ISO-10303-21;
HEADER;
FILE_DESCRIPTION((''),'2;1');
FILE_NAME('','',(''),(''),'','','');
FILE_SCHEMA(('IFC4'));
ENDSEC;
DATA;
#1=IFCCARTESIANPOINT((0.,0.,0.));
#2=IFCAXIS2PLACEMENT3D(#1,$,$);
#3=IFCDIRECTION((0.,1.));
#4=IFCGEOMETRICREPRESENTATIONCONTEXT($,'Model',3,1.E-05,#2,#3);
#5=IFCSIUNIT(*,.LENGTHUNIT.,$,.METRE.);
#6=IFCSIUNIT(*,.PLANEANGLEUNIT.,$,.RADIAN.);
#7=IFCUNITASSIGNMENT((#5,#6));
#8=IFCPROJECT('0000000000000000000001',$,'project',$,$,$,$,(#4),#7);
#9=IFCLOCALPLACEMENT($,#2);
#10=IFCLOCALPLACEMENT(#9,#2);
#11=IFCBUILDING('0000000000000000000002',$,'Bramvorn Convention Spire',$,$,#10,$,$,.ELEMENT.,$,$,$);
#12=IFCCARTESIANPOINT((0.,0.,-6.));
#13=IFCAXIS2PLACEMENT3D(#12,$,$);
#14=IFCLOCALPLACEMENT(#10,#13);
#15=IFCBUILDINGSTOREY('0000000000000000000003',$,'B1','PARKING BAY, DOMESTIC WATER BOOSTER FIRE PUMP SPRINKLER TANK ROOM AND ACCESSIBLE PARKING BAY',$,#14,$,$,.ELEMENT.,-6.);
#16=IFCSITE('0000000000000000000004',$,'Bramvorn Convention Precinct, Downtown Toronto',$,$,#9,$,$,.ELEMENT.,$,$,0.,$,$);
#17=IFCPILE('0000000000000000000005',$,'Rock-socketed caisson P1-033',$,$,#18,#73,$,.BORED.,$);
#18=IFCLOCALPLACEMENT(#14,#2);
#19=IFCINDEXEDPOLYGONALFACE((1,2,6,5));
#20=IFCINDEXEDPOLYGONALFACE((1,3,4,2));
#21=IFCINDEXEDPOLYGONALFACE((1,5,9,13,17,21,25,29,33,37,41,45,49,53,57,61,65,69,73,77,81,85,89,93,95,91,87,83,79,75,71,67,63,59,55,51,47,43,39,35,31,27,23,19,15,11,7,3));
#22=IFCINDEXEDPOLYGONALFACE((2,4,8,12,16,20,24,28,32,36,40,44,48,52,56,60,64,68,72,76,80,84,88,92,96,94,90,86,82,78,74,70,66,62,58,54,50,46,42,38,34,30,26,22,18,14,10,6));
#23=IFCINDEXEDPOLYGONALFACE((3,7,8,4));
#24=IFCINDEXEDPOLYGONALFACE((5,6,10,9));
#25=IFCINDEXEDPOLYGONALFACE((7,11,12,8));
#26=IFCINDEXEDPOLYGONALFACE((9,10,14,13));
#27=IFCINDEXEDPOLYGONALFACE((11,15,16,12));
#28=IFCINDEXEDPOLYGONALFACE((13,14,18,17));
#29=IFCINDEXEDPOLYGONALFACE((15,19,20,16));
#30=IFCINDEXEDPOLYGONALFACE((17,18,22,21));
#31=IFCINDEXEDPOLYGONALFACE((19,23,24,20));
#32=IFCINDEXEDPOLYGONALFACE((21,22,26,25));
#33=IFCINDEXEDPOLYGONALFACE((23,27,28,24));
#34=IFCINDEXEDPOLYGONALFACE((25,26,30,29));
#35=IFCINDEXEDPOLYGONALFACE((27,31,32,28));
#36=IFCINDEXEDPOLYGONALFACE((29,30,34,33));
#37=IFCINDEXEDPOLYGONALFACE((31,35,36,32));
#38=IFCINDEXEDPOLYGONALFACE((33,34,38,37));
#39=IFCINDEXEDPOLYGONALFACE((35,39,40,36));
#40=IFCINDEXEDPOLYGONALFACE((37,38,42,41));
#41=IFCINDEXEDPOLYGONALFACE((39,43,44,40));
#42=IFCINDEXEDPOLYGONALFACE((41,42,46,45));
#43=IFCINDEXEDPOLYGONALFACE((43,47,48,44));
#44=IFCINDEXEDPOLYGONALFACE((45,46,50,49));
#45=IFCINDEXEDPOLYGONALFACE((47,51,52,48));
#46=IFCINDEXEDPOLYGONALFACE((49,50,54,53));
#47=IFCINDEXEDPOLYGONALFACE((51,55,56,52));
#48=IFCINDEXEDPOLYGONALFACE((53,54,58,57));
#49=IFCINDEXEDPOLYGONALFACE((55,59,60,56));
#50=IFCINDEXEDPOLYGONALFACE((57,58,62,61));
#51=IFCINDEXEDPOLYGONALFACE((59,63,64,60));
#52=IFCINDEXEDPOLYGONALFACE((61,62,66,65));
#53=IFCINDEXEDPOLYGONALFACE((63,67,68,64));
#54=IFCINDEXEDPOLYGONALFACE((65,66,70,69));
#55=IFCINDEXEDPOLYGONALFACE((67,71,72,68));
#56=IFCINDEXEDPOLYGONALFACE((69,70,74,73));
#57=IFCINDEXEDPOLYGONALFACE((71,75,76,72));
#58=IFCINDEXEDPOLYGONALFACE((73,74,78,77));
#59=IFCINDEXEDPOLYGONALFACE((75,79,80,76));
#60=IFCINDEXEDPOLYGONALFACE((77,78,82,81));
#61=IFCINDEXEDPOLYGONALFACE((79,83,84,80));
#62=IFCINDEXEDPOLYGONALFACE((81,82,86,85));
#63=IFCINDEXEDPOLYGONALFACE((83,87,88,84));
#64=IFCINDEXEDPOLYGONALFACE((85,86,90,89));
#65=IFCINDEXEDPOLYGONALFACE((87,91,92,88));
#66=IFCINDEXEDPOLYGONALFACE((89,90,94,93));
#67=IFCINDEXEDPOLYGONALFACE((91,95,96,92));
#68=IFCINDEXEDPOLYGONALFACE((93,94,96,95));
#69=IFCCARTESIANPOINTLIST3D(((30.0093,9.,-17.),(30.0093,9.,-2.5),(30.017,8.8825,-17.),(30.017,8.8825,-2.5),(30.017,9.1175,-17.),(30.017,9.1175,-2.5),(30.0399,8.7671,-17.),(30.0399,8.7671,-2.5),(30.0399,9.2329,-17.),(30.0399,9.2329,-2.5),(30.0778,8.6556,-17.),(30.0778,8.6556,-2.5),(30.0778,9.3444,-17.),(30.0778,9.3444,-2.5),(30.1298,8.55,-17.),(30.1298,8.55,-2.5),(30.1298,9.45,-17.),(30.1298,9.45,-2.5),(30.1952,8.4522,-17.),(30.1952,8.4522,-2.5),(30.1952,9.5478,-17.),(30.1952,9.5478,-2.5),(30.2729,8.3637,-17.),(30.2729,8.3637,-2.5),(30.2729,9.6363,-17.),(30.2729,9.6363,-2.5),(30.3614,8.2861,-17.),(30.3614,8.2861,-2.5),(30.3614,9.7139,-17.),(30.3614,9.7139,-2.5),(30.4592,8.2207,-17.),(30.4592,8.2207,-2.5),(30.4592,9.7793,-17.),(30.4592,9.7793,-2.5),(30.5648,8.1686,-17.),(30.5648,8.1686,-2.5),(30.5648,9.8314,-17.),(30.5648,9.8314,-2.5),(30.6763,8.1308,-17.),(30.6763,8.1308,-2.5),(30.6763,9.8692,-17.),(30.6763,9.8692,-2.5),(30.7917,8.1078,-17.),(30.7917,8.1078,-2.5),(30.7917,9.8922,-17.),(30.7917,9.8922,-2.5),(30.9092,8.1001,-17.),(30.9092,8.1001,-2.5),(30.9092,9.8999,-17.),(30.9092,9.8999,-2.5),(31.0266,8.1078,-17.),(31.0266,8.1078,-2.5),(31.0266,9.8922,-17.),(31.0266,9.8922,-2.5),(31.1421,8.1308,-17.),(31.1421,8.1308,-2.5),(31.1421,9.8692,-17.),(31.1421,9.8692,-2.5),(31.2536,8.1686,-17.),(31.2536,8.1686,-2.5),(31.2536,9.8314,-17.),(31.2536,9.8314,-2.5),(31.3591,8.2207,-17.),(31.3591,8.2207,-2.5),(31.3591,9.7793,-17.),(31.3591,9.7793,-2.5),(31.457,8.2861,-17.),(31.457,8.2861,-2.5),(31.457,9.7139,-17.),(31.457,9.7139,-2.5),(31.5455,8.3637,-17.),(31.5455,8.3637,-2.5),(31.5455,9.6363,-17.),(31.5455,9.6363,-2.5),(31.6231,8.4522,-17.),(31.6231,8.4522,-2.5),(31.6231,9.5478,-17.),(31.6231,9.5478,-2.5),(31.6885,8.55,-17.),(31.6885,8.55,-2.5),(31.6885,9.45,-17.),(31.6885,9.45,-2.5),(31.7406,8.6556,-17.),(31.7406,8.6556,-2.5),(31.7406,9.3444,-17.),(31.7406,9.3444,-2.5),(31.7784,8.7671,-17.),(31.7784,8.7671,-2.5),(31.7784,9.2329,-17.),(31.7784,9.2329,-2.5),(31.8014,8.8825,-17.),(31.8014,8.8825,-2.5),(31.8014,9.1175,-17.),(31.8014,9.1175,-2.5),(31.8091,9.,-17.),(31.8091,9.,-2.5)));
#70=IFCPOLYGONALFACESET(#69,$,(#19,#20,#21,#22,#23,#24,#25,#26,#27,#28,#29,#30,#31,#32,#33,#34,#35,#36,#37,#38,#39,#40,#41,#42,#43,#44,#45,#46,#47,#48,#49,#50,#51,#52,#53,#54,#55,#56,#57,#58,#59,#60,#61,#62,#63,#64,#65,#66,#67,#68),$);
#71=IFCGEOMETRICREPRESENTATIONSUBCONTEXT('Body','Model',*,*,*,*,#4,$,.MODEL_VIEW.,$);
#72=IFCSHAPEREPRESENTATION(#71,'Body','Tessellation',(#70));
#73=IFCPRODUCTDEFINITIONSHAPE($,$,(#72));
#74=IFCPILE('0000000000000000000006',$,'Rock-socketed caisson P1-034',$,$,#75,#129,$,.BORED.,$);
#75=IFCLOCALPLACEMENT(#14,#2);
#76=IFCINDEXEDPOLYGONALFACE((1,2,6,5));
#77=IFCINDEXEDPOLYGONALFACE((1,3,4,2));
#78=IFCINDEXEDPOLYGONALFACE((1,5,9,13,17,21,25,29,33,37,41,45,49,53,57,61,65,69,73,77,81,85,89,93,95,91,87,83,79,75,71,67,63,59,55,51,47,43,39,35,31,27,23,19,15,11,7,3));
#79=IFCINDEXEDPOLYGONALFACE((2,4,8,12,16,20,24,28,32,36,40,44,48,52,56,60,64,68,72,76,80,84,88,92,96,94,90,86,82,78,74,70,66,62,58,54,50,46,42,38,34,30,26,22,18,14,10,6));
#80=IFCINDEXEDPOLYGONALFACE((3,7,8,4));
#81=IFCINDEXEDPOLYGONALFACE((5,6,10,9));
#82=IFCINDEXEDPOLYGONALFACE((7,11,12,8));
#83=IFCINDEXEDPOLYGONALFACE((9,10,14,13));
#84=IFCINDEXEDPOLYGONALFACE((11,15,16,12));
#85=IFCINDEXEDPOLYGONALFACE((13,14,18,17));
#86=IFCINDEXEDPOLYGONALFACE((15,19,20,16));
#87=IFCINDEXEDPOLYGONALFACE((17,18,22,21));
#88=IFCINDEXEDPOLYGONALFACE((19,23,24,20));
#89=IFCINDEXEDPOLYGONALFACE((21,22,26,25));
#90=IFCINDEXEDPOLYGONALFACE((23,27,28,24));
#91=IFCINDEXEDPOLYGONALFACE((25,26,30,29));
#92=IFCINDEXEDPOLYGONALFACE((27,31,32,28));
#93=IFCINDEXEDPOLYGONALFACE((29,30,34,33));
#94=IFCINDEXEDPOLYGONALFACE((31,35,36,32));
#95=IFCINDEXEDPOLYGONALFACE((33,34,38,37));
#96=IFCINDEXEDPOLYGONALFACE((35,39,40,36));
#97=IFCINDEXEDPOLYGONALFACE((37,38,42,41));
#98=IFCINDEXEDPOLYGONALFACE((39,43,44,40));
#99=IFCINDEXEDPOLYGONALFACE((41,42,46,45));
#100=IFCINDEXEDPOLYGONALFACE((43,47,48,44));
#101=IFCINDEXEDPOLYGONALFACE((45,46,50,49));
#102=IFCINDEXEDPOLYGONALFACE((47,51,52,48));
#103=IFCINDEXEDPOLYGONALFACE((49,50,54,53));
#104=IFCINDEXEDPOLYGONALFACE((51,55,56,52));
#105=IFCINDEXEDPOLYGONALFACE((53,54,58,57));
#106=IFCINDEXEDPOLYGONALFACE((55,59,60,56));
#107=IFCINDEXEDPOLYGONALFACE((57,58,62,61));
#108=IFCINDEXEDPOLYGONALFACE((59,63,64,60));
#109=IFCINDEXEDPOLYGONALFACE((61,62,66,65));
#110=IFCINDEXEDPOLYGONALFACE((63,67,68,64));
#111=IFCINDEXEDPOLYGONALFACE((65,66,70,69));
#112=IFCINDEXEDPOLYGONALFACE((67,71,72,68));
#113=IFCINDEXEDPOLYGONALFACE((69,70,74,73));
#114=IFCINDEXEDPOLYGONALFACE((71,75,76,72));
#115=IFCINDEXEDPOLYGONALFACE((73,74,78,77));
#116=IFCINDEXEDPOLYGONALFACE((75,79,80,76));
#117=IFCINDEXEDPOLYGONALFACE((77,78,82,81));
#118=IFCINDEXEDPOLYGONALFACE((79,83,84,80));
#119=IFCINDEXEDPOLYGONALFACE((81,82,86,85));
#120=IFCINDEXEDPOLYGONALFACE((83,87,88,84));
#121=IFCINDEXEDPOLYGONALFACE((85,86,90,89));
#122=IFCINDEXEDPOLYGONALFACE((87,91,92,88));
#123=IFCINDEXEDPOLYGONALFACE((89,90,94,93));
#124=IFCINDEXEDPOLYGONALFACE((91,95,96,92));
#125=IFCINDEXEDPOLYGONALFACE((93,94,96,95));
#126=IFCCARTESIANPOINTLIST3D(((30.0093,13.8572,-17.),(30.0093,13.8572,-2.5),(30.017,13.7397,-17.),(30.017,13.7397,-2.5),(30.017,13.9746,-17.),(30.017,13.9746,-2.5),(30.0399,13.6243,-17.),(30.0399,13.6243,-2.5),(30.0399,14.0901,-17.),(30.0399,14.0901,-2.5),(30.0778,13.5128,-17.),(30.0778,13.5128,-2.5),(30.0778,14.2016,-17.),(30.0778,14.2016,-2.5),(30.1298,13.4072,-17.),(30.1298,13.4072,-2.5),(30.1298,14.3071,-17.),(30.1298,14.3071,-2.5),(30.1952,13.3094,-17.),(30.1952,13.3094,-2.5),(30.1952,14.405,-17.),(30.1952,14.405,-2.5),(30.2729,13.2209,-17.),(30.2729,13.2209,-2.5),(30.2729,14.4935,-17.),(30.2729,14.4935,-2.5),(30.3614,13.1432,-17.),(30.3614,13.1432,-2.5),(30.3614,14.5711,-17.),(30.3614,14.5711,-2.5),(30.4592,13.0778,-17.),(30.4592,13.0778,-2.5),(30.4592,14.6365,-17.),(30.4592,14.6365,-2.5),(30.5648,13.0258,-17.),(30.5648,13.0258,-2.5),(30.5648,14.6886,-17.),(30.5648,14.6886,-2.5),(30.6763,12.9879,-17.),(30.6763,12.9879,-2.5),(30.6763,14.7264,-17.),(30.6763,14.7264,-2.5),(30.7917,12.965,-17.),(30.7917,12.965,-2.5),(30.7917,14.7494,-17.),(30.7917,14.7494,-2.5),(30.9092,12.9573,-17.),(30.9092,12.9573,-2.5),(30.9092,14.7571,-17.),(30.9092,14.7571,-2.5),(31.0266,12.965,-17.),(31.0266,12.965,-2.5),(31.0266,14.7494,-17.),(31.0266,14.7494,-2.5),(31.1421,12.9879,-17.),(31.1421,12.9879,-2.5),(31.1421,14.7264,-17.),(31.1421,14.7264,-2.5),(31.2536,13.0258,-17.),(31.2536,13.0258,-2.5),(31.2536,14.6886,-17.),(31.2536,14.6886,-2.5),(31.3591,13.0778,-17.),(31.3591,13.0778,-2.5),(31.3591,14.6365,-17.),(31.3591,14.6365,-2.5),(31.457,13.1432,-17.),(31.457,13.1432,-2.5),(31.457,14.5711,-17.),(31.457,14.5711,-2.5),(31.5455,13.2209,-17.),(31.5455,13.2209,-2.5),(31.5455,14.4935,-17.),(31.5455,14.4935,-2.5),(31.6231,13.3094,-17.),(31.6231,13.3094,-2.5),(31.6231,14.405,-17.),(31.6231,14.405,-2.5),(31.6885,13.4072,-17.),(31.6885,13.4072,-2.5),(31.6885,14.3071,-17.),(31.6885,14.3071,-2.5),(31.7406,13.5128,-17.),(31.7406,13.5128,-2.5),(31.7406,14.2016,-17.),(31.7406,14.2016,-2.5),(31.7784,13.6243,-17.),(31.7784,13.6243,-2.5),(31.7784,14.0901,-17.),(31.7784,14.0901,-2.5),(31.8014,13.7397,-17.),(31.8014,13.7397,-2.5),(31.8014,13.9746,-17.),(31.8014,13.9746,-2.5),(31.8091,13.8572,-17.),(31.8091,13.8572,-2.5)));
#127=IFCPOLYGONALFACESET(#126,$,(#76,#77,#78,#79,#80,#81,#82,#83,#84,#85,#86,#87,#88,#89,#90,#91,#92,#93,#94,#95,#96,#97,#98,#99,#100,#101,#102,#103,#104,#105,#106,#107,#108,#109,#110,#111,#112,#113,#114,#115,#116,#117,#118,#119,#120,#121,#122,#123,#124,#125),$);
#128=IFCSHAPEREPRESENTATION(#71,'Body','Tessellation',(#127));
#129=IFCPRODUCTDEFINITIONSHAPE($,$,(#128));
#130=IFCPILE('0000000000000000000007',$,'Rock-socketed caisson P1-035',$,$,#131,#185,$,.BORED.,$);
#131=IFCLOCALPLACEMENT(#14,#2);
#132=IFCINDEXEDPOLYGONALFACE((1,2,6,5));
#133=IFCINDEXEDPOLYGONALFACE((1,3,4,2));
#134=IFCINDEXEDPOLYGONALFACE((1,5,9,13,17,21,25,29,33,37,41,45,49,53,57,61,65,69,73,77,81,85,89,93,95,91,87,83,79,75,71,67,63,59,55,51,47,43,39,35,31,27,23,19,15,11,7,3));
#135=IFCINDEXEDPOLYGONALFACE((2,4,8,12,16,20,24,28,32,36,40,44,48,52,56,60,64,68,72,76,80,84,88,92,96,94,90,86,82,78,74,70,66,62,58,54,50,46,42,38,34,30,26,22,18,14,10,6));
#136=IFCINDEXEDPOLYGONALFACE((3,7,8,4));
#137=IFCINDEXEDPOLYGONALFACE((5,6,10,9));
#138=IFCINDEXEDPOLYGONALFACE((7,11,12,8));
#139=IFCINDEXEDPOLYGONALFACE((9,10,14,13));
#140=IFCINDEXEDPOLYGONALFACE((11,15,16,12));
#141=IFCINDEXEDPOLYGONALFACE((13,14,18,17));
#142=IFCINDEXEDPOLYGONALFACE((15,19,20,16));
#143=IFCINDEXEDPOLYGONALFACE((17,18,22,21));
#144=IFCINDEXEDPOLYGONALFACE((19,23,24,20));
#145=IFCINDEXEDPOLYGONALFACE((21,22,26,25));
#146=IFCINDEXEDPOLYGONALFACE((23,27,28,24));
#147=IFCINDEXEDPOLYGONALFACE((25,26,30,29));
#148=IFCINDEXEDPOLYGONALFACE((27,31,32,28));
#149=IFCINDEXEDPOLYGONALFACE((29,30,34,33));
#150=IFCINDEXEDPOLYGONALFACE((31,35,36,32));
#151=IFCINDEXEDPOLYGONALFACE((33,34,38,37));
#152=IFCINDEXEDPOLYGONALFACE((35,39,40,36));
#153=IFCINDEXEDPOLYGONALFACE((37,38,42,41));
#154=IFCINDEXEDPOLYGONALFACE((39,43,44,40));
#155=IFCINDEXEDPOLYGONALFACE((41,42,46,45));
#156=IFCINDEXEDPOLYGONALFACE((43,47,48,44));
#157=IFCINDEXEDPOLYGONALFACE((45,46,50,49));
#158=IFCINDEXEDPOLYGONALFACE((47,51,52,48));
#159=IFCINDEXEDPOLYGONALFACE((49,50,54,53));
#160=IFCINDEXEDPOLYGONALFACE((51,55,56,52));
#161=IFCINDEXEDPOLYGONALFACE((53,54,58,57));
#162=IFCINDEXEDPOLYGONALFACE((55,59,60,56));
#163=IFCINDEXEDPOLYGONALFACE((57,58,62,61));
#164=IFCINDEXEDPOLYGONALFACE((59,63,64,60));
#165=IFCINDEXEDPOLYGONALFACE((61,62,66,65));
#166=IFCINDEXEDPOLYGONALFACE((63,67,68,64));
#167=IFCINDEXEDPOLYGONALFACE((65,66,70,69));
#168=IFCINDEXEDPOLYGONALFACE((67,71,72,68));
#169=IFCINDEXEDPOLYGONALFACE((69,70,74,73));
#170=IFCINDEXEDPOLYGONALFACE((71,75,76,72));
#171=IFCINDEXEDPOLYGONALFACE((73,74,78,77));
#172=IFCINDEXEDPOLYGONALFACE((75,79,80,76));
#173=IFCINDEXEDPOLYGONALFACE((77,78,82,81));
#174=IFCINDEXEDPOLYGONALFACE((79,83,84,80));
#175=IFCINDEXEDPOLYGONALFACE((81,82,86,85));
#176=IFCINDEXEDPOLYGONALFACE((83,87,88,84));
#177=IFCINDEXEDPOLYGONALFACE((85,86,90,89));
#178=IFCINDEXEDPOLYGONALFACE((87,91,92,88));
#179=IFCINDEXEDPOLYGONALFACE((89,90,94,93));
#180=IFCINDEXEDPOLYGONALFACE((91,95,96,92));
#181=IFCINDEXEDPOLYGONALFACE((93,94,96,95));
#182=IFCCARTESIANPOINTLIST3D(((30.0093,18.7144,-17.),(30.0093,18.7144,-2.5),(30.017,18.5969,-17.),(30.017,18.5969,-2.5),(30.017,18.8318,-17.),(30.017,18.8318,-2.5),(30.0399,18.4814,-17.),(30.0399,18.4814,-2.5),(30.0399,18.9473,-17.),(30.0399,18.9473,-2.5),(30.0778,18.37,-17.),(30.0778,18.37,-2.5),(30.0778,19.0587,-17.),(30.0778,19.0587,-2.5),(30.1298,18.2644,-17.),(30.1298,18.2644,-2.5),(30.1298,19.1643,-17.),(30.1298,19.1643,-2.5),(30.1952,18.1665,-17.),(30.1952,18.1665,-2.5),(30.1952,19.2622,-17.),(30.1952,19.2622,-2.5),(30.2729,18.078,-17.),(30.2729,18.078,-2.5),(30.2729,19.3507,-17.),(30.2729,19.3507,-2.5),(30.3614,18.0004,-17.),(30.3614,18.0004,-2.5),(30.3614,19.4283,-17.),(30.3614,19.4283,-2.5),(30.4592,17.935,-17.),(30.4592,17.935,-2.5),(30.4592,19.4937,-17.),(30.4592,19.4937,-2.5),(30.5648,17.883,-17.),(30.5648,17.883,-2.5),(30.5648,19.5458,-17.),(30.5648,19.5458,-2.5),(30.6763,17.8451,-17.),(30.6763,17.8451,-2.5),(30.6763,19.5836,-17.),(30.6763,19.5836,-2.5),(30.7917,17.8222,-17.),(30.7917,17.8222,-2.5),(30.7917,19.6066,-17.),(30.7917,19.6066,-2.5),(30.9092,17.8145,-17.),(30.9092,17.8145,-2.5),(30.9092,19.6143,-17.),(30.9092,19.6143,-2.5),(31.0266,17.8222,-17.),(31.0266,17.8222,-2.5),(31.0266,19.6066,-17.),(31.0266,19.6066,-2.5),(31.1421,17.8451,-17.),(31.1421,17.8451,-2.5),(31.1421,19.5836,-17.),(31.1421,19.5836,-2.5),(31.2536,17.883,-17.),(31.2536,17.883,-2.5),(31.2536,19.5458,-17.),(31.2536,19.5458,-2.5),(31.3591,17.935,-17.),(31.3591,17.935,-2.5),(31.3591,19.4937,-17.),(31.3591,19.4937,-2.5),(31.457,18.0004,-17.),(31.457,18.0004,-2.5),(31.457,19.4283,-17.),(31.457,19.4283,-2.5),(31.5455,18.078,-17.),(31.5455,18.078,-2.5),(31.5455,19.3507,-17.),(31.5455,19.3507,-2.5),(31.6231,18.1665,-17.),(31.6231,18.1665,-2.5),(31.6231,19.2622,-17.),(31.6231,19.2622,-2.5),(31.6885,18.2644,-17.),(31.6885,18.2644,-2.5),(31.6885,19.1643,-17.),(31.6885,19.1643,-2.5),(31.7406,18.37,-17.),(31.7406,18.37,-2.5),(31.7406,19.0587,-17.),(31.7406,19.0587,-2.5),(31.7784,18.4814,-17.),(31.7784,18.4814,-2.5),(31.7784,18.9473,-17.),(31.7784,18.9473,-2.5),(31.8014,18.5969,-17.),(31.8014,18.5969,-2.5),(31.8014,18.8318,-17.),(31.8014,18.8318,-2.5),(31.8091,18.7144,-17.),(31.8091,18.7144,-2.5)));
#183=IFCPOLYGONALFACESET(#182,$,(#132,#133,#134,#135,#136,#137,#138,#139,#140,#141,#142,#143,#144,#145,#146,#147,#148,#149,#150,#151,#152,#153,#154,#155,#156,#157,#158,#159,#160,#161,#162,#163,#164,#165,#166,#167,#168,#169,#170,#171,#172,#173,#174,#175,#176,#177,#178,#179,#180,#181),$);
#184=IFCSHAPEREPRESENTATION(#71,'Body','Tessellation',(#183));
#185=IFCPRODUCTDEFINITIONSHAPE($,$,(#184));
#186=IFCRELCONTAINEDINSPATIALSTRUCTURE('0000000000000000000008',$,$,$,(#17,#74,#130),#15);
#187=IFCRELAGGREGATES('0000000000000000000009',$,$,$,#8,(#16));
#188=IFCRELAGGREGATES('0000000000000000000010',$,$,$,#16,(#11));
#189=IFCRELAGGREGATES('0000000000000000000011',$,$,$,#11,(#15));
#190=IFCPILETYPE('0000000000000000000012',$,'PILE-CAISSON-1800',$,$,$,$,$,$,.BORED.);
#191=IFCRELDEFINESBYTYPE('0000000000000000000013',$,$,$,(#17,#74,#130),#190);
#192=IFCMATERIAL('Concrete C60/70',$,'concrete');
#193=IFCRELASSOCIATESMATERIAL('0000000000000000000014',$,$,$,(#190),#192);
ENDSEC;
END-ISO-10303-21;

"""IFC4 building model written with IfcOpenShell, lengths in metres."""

from ifc_helpers import new_model, si_unit, direction, frame, origin, origin_2d, place, context, subcontext, project, spatial, circle, extrude, material, material_profile, profile_set, type_object, element, save


model = new_model("IFC4")

# Units and contexts
model_context = context("Model", 3, precision=1e-05, world=origin(), true_north=direction((0.0, 1.0)))
body_context = subcontext(model_context, "Body", "Model", "MODEL_VIEW")
ifc_project = project(units=[si_unit("LENGTHUNIT", "METRE"), si_unit("PLANEANGLEUNIT", "RADIAN")], contexts=[model_context])

# Site, building, storey
site_placement = place(None, origin())
site = spatial("IfcSite", under=ifc_project, at=site_placement, Name="Bramvorn Convention Precinct, Downtown Toronto", CompositionType="ELEMENT", RefElevation=0.0)
building_placement = place(site_placement, origin())
building = spatial("IfcBuilding", under=site, at=building_placement, Name="Bramvorn Convention Spire", CompositionType="ELEMENT")
storey_placement = place(building_placement, frame((0.0, 0.0, -6.0)))
storey = spatial("IfcBuildingStorey", under=building, at=storey_placement, Name="B1", Description="PARKING BAY, DOMESTIC WATER BOOSTER FIRE PUMP SPRINKLER TANK ROOM AND ACCESSIBLE PARKING BAY", CompositionType="ELEMENT", Elevation=-6.0)

# Piles
ifc_material_1 = material(Name="Concrete C60/70", Category="concrete")
ifc_material_profile_1 = material_profile(ifc_material_1, circle(Radius=0.8999, at=origin_2d()))
ifc_profile_set_1 = profile_set([ifc_material_profile_1], Name="Concrete C60/70 - CAISSON1800")
pile_type_1 = type_object("IfcPileType", Name="PILE-CAISSON-1800", PredefinedType="BORED", material=ifc_profile_set_1)
for number, where, z_axis, x_axis, name in (
    (1, (30.9092, 9.0, -2.5), (0.0, 0.0, -1.0), (1.0, 0.0, 0.0), "Rock-socketed caisson P1-033"),
    (2, (30.9092, 13.8572, -2.5), (0.0, 0.0, -1.0), (1.0, 0.0, 0.0), "Rock-socketed caisson P1-034"),
    (3, (30.9092, 18.7144, -2.5), (0.0, 0.0, -1.0), (1.0, 0.0, 0.0), "Rock-socketed caisson P1-035"),
):
    element("IfcPile", number, at=place(storey_placement, frame(where, z_axis=z_axis, x_axis=x_axis)), inside=storey, type_object=pile_type_1, Name=name, PredefinedType="BORED", context=body_context, shape_type="SweptSolid", body=[
        extrude(circle(Radius=0.8999, at=origin_2d()), origin(), (0.0, 0.0, 1.0), 14.5),
    ])

save(model, "model.ifc")
